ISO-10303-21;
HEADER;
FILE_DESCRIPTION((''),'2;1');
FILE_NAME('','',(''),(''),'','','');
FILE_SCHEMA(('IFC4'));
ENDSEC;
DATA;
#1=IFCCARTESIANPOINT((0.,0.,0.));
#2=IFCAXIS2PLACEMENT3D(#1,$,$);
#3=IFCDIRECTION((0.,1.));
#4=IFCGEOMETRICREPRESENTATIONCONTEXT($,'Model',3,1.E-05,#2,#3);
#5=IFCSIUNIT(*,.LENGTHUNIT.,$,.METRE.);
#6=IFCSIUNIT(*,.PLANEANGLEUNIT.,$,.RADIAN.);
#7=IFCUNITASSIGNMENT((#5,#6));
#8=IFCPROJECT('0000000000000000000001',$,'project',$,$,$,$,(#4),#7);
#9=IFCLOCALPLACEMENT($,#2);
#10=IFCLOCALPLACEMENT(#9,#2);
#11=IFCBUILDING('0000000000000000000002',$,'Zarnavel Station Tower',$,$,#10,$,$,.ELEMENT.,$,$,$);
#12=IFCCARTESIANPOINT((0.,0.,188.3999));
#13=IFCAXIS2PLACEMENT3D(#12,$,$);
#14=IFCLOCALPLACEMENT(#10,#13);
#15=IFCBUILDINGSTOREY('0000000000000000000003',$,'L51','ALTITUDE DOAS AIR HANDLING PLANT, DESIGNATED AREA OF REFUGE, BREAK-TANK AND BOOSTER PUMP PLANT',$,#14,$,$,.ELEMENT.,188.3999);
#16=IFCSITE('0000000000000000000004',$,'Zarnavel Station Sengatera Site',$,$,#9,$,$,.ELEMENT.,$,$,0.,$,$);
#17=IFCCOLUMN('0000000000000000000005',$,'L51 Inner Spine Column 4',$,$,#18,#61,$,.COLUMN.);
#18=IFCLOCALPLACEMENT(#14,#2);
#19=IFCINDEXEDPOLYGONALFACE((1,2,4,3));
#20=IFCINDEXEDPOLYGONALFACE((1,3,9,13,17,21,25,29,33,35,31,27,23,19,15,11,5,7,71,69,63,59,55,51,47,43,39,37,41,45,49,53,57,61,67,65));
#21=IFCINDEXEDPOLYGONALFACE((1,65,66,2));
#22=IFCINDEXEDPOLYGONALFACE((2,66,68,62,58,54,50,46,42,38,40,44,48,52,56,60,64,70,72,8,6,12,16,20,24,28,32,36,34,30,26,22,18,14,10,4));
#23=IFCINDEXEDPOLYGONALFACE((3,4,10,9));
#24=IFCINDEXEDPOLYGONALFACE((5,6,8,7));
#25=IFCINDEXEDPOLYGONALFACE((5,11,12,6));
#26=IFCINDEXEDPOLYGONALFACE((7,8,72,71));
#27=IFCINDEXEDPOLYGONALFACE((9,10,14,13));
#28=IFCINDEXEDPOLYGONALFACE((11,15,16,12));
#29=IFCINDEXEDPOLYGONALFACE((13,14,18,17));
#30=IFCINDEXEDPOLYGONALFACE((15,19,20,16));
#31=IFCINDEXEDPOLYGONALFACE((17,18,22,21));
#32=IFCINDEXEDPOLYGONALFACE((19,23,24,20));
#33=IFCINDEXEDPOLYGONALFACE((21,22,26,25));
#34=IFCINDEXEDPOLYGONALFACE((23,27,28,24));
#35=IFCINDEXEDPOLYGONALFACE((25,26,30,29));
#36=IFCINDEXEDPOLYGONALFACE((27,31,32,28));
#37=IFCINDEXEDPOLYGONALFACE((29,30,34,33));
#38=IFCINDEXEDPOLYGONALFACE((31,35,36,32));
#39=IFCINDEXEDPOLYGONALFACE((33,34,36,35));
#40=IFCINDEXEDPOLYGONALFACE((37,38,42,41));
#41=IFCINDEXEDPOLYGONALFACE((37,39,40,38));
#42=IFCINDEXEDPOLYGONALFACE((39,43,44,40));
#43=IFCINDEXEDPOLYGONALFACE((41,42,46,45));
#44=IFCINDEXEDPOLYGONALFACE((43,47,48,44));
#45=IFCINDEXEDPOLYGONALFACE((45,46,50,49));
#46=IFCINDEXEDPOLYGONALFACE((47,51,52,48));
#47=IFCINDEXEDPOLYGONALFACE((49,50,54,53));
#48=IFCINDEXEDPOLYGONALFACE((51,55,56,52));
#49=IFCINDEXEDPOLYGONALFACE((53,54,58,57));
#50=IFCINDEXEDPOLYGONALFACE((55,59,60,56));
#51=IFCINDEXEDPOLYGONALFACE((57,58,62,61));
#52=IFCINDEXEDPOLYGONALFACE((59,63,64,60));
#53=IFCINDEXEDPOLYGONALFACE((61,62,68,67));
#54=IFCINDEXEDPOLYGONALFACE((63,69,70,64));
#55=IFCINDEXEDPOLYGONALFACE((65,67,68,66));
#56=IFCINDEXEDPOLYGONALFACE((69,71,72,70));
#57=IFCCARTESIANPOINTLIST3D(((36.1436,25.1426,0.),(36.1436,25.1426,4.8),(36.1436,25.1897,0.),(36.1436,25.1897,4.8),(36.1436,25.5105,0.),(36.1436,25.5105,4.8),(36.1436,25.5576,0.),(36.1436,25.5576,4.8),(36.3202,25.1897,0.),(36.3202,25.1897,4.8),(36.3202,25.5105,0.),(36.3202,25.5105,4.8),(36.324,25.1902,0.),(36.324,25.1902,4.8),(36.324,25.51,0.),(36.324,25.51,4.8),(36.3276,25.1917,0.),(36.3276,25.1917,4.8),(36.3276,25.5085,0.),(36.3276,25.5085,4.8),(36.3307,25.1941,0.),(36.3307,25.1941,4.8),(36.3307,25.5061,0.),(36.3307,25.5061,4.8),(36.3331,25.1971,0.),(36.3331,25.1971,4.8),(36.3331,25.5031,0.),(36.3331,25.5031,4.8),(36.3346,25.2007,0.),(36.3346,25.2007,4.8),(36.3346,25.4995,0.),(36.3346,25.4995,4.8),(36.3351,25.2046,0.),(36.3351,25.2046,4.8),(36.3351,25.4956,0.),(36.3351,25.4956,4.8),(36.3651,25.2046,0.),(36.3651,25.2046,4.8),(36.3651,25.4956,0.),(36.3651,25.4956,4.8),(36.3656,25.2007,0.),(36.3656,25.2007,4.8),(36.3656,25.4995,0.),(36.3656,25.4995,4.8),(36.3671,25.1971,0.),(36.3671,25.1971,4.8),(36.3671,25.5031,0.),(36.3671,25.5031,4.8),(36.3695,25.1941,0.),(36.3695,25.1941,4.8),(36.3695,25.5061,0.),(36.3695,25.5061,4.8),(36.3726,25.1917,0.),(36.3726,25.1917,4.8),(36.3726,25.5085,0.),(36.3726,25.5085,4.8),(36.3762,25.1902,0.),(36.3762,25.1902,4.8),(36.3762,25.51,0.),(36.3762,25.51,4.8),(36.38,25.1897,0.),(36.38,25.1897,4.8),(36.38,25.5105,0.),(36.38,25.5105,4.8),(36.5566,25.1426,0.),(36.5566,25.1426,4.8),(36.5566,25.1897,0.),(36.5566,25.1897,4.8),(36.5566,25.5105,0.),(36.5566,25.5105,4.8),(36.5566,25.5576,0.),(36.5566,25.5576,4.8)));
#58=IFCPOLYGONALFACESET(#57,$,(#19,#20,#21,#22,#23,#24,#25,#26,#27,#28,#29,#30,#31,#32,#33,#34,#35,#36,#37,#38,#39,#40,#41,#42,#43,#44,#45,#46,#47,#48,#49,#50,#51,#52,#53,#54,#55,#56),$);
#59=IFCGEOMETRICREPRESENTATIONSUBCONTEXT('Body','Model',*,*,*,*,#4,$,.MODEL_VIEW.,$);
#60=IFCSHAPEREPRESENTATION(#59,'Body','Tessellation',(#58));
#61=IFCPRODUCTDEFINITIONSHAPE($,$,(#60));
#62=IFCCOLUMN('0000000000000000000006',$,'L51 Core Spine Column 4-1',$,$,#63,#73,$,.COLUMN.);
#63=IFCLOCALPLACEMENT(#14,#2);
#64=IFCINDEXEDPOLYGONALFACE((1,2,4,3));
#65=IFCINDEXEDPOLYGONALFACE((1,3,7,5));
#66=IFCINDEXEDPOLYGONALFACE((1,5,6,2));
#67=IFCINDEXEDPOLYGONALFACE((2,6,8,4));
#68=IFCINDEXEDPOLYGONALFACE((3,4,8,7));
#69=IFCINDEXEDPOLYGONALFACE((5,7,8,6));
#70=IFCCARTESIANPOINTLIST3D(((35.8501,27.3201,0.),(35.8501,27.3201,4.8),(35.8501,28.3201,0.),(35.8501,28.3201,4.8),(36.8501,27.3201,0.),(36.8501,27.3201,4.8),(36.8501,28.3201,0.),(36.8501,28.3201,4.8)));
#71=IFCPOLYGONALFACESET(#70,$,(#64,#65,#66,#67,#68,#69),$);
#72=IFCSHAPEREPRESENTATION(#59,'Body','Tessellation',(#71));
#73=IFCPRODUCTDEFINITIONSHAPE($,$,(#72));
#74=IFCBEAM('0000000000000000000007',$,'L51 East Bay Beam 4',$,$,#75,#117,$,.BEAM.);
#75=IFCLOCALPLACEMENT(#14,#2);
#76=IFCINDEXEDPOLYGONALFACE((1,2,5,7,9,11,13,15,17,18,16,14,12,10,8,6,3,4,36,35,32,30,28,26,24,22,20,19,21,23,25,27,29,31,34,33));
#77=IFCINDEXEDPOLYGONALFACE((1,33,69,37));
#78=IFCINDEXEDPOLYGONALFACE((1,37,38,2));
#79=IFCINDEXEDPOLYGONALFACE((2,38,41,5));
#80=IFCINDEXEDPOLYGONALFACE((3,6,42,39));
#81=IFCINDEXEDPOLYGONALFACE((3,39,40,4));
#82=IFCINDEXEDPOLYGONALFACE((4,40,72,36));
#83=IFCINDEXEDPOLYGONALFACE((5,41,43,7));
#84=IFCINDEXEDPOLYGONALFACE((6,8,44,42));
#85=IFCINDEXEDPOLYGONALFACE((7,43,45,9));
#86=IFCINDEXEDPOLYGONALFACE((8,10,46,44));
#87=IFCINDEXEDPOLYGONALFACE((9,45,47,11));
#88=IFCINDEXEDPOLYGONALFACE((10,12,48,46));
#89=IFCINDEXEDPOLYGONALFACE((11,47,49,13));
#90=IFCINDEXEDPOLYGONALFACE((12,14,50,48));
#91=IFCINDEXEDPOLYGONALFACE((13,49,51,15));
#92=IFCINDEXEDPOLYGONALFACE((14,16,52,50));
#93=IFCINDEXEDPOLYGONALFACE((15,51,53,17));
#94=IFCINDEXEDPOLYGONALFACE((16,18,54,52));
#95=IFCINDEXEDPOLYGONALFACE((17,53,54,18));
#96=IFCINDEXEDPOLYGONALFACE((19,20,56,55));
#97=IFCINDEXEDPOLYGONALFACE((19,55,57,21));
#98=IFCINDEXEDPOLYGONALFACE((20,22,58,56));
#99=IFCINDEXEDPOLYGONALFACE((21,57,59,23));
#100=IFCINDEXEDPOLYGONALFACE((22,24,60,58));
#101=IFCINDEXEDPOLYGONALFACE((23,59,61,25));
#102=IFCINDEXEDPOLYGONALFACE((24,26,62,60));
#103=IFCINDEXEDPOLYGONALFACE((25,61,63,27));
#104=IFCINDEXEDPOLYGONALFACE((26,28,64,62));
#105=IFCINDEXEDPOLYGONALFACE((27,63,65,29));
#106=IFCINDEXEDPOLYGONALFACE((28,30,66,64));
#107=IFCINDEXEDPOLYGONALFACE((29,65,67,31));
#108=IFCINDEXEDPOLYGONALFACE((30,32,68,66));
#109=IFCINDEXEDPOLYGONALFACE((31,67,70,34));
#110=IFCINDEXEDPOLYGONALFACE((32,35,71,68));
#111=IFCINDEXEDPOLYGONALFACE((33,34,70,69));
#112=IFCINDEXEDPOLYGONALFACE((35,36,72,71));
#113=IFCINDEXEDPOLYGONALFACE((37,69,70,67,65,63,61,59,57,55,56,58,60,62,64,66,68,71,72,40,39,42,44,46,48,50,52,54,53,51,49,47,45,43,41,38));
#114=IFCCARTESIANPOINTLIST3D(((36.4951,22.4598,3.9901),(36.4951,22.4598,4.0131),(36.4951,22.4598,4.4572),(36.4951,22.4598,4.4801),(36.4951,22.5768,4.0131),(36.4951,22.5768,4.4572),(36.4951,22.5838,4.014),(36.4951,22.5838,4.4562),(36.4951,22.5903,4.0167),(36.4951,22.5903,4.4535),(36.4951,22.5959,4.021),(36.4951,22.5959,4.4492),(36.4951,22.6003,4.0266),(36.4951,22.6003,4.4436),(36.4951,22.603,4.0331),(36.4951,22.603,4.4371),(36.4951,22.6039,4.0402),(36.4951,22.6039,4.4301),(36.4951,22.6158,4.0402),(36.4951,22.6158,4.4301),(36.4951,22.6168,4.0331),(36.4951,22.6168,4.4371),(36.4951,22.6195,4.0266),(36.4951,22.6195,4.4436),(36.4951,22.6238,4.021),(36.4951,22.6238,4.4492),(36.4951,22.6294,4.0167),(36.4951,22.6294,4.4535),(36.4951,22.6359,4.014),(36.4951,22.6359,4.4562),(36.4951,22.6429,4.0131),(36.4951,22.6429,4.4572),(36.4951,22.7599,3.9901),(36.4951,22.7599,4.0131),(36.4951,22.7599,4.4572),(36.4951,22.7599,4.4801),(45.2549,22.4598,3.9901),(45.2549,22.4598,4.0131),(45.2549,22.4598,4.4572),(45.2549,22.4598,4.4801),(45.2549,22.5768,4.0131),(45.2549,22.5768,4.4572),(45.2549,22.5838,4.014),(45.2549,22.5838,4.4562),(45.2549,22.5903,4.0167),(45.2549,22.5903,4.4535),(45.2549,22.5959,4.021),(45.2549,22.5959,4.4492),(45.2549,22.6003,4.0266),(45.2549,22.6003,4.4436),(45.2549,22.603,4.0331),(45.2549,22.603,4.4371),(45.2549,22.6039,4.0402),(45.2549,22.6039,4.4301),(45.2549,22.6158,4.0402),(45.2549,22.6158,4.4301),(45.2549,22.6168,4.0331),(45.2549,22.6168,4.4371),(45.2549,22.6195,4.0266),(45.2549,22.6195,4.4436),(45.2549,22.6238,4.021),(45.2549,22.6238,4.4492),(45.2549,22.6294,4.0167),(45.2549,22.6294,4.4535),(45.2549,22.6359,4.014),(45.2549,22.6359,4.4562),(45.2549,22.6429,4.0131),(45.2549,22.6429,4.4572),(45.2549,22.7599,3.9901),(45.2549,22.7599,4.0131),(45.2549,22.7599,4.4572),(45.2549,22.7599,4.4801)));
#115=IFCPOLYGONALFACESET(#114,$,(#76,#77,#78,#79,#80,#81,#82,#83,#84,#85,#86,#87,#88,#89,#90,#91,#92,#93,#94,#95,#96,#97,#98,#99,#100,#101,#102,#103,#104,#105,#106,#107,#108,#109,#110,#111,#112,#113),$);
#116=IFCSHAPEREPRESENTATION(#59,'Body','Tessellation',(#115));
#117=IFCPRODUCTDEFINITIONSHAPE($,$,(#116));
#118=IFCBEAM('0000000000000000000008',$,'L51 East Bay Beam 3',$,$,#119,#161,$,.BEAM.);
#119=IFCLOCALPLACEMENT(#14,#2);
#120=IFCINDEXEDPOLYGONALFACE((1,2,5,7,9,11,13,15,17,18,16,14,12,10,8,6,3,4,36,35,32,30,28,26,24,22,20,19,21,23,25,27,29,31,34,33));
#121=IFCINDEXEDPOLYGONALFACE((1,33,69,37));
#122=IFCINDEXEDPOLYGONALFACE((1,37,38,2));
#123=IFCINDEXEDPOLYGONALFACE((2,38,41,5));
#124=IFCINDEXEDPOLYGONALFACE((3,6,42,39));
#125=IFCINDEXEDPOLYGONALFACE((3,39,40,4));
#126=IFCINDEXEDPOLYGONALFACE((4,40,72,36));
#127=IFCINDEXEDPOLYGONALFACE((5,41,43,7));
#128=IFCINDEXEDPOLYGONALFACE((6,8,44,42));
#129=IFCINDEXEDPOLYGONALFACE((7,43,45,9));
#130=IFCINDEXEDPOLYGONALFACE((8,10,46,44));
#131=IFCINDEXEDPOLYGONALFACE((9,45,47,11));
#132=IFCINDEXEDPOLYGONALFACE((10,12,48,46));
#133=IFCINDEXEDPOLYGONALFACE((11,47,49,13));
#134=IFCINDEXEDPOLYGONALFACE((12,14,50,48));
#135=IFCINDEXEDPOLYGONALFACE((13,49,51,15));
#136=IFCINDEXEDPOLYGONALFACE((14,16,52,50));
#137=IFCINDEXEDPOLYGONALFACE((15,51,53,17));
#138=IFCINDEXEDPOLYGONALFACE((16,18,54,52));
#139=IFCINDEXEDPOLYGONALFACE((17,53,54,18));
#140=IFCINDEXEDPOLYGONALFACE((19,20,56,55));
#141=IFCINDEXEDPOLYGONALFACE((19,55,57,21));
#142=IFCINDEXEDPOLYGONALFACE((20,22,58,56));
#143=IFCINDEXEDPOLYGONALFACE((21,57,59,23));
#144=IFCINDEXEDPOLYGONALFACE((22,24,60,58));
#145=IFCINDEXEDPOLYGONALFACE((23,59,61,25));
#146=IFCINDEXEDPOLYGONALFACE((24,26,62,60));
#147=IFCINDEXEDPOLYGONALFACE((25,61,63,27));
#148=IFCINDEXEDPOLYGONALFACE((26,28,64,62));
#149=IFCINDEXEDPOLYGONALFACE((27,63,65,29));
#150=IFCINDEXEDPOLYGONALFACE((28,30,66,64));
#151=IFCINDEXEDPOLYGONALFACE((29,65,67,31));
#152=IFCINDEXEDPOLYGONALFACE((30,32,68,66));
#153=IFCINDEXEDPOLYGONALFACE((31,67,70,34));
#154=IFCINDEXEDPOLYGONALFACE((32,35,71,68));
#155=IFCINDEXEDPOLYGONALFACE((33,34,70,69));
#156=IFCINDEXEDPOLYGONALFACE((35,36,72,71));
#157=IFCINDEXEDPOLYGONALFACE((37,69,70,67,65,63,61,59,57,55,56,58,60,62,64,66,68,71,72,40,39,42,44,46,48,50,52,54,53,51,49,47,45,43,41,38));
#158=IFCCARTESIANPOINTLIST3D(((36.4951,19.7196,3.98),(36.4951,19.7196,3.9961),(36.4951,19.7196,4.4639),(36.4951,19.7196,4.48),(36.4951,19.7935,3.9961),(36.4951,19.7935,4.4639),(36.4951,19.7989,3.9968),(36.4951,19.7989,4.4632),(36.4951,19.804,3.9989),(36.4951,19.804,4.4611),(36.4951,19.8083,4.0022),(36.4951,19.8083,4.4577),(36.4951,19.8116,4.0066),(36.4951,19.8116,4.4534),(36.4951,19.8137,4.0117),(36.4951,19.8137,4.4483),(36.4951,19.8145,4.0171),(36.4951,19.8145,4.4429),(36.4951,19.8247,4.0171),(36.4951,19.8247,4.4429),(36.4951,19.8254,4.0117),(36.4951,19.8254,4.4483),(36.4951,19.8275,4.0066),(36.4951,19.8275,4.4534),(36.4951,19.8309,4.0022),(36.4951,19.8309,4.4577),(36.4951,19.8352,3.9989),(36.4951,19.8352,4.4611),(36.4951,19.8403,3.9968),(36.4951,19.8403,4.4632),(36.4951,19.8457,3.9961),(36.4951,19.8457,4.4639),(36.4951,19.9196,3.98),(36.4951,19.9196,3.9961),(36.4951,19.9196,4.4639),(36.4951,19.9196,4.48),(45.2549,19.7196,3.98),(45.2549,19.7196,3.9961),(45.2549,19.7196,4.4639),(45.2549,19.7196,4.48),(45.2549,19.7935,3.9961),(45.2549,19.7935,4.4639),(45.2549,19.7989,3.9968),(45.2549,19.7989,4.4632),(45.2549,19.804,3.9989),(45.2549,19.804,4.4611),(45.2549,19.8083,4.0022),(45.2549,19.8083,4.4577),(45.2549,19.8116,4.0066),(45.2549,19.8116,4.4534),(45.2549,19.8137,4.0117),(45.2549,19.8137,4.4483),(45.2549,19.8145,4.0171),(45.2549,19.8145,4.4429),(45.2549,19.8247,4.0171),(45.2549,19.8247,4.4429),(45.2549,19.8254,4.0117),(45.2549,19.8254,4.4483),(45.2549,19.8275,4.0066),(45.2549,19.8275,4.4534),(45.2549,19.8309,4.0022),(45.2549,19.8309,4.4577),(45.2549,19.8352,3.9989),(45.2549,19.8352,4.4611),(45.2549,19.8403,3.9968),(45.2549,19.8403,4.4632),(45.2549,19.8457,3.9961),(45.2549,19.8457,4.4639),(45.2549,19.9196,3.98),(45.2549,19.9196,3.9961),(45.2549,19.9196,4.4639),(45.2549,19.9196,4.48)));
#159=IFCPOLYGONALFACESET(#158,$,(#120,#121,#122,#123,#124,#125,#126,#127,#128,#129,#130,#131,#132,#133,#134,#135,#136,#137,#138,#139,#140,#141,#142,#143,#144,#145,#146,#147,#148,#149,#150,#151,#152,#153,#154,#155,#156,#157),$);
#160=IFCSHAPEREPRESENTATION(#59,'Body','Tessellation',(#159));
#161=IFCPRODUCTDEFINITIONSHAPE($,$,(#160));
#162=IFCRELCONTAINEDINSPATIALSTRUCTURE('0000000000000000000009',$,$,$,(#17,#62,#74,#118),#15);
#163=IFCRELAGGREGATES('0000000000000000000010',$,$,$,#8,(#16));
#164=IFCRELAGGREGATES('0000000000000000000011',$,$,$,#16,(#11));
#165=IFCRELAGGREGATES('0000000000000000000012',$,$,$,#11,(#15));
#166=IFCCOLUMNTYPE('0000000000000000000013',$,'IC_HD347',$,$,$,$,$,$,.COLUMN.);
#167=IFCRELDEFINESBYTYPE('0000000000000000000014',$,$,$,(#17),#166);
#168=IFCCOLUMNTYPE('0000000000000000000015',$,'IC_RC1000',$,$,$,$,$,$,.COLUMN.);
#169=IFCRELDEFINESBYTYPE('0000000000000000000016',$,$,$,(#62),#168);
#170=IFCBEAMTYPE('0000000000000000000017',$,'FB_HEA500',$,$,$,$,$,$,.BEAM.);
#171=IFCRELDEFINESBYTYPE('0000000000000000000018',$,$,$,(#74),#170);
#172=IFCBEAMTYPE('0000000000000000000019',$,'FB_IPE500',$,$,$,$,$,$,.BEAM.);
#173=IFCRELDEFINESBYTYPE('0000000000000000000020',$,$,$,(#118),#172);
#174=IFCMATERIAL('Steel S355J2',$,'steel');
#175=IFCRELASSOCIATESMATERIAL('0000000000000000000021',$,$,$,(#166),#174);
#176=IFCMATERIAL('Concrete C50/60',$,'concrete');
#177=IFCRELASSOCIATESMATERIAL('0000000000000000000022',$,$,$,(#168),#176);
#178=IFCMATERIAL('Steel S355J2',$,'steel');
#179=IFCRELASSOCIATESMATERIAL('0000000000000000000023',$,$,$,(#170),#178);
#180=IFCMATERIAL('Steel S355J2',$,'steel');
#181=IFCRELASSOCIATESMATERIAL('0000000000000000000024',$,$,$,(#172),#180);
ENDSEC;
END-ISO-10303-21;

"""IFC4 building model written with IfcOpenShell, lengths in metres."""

from ifc_helpers import new_model, si_unit, direction, frame, origin, origin_2d, place, context, subcontext, project, spatial, rectangle, i_section, extrude, material, material_profile, profile_set, type_object, element, save


model = new_model("IFC4")

# Units and contexts
model_context = context("Model", 3, precision=1e-05, world=origin(), true_north=direction((0.0, 1.0)))
body_context = subcontext(model_context, "Body", "Model", "MODEL_VIEW")
ifc_project = project(units=[si_unit("LENGTHUNIT", "METRE"), si_unit("PLANEANGLEUNIT", "RADIAN")], contexts=[model_context])

# Site, building, storey
site_placement = place(None, origin())
site = spatial("IfcSite", under=ifc_project, at=site_placement, Name="Zarnavel Station Sengatera Site", CompositionType="ELEMENT", RefElevation=0.0)
building_placement = place(site_placement, origin())
building = spatial("IfcBuilding", under=site, at=building_placement, Name="Zarnavel Station Tower", CompositionType="ELEMENT")
storey_placement = place(building_placement, frame((0.0, 0.0, 188.3999)))
storey = spatial("IfcBuildingStorey", under=building, at=storey_placement, Name="L51", Description="ALTITUDE DOAS AIR HANDLING PLANT, DESIGNATED AREA OF REFUGE, BREAK-TANK AND BOOSTER PUMP PLANT", CompositionType="ELEMENT", Elevation=188.3999)

# Columns
ifc_material_1 = material(Name="Steel S355J2", Category="steel")
ifc_material_profile_1 = material_profile(ifc_material_1, i_section(OverallWidth=0.4131, OverallDepth=0.415, WebThickness=0.03, FlangeThickness=0.0471, FilletRadius=0.0149, at=origin_2d()), Name="HD400x347")
ifc_profile_set_1 = profile_set([ifc_material_profile_1], Name="Steel S355J2")
column_type_1 = type_object("IfcColumnType", Name="IC_HD347", PredefinedType="COLUMN", material=ifc_profile_set_1)
column_1_placement = place(storey_placement, frame((36.3501, 25.3501, 0.0), z_axis=(0.0, 0.0, 1.0), x_axis=(1.0, 0.0, 0.0)))
element("IfcColumn", 1, at=column_1_placement, inside=storey, type_object=column_type_1, Name="L51 Inner Spine Column 4", PredefinedType="COLUMN", context=body_context, shape_type="SweptSolid", body=[
    extrude(i_section(OverallWidth=0.4131, OverallDepth=0.415, WebThickness=0.03, FlangeThickness=0.0471, FilletRadius=0.0149, at=origin_2d()), origin(), (0.0, 0.0, 1.0), 4.8),
])
ifc_material_2 = material(Name="Concrete C50/60", Category="concrete")
ifc_material_profile_2 = material_profile(ifc_material_2, rectangle(XDim=1.0, YDim=1.0, at=origin_2d()), Name="RC1000x1000")
ifc_profile_set_2 = profile_set([ifc_material_profile_2], Name="Concrete C50/60")
column_type_2 = type_object("IfcColumnType", Name="IC_RC1000", PredefinedType="COLUMN", material=ifc_profile_set_2)
column_2_placement = place(storey_placement, frame((36.3501, 27.8201, 0.0), z_axis=(0.0, 0.0, 1.0), x_axis=(1.0, 0.0, 0.0)))
element("IfcColumn", 2, at=column_2_placement, inside=storey, type_object=column_type_2, Name="L51 Core Spine Column 4-1", PredefinedType="COLUMN", context=body_context, shape_type="SweptSolid", body=[
    extrude(rectangle(XDim=1.0, YDim=1.0, at=origin_2d()), origin(), (0.0, 0.0, 1.0), 4.8),
])

# Beams
ifc_material_3 = material(Name="Steel S355J2", Category="steel")
ifc_material_profile_3 = material_profile(ifc_material_3, i_section(OverallWidth=0.3, OverallDepth=0.49, WebThickness=0.012, FlangeThickness=0.0229, FilletRadius=0.0271, at=origin_2d()), Name="HEA500")
ifc_profile_set_3 = profile_set([ifc_material_profile_3], Name="Steel S355J2")
beam_type_1 = type_object("IfcBeamType", Name="FB_HEA500", PredefinedType="BEAM", material=ifc_profile_set_3)
beam_1_placement = place(storey_placement, frame((36.4951, 22.6099, 4.2351), z_axis=(1.0, 0.0, 0.0), x_axis=(0.0, 1.0, 0.0)))
element("IfcBeam", 3, at=beam_1_placement, inside=storey, type_object=beam_type_1, Name="L51 East Bay Beam 4", PredefinedType="BEAM", context=body_context, shape_type="SweptSolid", body=[
    extrude(i_section(OverallWidth=0.3, OverallDepth=0.49, WebThickness=0.012, FlangeThickness=0.0229, FilletRadius=0.0271, at=origin_2d()), origin(), (0.0, 0.0, 1.0), 8.7598),
])
ifc_material_4 = material(Name="Steel S355J2", Category="steel")
ifc_material_profile_4 = material_profile(ifc_material_4, i_section(OverallWidth=0.2, OverallDepth=0.5, WebThickness=0.0103, FlangeThickness=0.0161, FilletRadius=0.021, at=origin_2d()), Name="IPE500")
ifc_profile_set_4 = profile_set([ifc_material_profile_4], Name="Steel S355J2")
beam_type_2 = type_object("IfcBeamType", Name="FB_IPE500", PredefinedType="BEAM", material=ifc_profile_set_4)
beam_2_placement = place(storey_placement, frame((36.4951, 19.8196, 4.23), z_axis=(1.0, 0.0, 0.0), x_axis=(0.0, 1.0, 0.0)))
element("IfcBeam", 4, at=beam_2_placement, inside=storey, type_object=beam_type_2, Name="L51 East Bay Beam 3", PredefinedType="BEAM", context=body_context, shape_type="SweptSolid", body=[
    extrude(i_section(OverallWidth=0.2, OverallDepth=0.5, WebThickness=0.0103, FlangeThickness=0.0161, FilletRadius=0.021, at=origin_2d()), origin(), (0.0, 0.0, 1.0), 8.7598),
])

save(model, "model.ifc")
